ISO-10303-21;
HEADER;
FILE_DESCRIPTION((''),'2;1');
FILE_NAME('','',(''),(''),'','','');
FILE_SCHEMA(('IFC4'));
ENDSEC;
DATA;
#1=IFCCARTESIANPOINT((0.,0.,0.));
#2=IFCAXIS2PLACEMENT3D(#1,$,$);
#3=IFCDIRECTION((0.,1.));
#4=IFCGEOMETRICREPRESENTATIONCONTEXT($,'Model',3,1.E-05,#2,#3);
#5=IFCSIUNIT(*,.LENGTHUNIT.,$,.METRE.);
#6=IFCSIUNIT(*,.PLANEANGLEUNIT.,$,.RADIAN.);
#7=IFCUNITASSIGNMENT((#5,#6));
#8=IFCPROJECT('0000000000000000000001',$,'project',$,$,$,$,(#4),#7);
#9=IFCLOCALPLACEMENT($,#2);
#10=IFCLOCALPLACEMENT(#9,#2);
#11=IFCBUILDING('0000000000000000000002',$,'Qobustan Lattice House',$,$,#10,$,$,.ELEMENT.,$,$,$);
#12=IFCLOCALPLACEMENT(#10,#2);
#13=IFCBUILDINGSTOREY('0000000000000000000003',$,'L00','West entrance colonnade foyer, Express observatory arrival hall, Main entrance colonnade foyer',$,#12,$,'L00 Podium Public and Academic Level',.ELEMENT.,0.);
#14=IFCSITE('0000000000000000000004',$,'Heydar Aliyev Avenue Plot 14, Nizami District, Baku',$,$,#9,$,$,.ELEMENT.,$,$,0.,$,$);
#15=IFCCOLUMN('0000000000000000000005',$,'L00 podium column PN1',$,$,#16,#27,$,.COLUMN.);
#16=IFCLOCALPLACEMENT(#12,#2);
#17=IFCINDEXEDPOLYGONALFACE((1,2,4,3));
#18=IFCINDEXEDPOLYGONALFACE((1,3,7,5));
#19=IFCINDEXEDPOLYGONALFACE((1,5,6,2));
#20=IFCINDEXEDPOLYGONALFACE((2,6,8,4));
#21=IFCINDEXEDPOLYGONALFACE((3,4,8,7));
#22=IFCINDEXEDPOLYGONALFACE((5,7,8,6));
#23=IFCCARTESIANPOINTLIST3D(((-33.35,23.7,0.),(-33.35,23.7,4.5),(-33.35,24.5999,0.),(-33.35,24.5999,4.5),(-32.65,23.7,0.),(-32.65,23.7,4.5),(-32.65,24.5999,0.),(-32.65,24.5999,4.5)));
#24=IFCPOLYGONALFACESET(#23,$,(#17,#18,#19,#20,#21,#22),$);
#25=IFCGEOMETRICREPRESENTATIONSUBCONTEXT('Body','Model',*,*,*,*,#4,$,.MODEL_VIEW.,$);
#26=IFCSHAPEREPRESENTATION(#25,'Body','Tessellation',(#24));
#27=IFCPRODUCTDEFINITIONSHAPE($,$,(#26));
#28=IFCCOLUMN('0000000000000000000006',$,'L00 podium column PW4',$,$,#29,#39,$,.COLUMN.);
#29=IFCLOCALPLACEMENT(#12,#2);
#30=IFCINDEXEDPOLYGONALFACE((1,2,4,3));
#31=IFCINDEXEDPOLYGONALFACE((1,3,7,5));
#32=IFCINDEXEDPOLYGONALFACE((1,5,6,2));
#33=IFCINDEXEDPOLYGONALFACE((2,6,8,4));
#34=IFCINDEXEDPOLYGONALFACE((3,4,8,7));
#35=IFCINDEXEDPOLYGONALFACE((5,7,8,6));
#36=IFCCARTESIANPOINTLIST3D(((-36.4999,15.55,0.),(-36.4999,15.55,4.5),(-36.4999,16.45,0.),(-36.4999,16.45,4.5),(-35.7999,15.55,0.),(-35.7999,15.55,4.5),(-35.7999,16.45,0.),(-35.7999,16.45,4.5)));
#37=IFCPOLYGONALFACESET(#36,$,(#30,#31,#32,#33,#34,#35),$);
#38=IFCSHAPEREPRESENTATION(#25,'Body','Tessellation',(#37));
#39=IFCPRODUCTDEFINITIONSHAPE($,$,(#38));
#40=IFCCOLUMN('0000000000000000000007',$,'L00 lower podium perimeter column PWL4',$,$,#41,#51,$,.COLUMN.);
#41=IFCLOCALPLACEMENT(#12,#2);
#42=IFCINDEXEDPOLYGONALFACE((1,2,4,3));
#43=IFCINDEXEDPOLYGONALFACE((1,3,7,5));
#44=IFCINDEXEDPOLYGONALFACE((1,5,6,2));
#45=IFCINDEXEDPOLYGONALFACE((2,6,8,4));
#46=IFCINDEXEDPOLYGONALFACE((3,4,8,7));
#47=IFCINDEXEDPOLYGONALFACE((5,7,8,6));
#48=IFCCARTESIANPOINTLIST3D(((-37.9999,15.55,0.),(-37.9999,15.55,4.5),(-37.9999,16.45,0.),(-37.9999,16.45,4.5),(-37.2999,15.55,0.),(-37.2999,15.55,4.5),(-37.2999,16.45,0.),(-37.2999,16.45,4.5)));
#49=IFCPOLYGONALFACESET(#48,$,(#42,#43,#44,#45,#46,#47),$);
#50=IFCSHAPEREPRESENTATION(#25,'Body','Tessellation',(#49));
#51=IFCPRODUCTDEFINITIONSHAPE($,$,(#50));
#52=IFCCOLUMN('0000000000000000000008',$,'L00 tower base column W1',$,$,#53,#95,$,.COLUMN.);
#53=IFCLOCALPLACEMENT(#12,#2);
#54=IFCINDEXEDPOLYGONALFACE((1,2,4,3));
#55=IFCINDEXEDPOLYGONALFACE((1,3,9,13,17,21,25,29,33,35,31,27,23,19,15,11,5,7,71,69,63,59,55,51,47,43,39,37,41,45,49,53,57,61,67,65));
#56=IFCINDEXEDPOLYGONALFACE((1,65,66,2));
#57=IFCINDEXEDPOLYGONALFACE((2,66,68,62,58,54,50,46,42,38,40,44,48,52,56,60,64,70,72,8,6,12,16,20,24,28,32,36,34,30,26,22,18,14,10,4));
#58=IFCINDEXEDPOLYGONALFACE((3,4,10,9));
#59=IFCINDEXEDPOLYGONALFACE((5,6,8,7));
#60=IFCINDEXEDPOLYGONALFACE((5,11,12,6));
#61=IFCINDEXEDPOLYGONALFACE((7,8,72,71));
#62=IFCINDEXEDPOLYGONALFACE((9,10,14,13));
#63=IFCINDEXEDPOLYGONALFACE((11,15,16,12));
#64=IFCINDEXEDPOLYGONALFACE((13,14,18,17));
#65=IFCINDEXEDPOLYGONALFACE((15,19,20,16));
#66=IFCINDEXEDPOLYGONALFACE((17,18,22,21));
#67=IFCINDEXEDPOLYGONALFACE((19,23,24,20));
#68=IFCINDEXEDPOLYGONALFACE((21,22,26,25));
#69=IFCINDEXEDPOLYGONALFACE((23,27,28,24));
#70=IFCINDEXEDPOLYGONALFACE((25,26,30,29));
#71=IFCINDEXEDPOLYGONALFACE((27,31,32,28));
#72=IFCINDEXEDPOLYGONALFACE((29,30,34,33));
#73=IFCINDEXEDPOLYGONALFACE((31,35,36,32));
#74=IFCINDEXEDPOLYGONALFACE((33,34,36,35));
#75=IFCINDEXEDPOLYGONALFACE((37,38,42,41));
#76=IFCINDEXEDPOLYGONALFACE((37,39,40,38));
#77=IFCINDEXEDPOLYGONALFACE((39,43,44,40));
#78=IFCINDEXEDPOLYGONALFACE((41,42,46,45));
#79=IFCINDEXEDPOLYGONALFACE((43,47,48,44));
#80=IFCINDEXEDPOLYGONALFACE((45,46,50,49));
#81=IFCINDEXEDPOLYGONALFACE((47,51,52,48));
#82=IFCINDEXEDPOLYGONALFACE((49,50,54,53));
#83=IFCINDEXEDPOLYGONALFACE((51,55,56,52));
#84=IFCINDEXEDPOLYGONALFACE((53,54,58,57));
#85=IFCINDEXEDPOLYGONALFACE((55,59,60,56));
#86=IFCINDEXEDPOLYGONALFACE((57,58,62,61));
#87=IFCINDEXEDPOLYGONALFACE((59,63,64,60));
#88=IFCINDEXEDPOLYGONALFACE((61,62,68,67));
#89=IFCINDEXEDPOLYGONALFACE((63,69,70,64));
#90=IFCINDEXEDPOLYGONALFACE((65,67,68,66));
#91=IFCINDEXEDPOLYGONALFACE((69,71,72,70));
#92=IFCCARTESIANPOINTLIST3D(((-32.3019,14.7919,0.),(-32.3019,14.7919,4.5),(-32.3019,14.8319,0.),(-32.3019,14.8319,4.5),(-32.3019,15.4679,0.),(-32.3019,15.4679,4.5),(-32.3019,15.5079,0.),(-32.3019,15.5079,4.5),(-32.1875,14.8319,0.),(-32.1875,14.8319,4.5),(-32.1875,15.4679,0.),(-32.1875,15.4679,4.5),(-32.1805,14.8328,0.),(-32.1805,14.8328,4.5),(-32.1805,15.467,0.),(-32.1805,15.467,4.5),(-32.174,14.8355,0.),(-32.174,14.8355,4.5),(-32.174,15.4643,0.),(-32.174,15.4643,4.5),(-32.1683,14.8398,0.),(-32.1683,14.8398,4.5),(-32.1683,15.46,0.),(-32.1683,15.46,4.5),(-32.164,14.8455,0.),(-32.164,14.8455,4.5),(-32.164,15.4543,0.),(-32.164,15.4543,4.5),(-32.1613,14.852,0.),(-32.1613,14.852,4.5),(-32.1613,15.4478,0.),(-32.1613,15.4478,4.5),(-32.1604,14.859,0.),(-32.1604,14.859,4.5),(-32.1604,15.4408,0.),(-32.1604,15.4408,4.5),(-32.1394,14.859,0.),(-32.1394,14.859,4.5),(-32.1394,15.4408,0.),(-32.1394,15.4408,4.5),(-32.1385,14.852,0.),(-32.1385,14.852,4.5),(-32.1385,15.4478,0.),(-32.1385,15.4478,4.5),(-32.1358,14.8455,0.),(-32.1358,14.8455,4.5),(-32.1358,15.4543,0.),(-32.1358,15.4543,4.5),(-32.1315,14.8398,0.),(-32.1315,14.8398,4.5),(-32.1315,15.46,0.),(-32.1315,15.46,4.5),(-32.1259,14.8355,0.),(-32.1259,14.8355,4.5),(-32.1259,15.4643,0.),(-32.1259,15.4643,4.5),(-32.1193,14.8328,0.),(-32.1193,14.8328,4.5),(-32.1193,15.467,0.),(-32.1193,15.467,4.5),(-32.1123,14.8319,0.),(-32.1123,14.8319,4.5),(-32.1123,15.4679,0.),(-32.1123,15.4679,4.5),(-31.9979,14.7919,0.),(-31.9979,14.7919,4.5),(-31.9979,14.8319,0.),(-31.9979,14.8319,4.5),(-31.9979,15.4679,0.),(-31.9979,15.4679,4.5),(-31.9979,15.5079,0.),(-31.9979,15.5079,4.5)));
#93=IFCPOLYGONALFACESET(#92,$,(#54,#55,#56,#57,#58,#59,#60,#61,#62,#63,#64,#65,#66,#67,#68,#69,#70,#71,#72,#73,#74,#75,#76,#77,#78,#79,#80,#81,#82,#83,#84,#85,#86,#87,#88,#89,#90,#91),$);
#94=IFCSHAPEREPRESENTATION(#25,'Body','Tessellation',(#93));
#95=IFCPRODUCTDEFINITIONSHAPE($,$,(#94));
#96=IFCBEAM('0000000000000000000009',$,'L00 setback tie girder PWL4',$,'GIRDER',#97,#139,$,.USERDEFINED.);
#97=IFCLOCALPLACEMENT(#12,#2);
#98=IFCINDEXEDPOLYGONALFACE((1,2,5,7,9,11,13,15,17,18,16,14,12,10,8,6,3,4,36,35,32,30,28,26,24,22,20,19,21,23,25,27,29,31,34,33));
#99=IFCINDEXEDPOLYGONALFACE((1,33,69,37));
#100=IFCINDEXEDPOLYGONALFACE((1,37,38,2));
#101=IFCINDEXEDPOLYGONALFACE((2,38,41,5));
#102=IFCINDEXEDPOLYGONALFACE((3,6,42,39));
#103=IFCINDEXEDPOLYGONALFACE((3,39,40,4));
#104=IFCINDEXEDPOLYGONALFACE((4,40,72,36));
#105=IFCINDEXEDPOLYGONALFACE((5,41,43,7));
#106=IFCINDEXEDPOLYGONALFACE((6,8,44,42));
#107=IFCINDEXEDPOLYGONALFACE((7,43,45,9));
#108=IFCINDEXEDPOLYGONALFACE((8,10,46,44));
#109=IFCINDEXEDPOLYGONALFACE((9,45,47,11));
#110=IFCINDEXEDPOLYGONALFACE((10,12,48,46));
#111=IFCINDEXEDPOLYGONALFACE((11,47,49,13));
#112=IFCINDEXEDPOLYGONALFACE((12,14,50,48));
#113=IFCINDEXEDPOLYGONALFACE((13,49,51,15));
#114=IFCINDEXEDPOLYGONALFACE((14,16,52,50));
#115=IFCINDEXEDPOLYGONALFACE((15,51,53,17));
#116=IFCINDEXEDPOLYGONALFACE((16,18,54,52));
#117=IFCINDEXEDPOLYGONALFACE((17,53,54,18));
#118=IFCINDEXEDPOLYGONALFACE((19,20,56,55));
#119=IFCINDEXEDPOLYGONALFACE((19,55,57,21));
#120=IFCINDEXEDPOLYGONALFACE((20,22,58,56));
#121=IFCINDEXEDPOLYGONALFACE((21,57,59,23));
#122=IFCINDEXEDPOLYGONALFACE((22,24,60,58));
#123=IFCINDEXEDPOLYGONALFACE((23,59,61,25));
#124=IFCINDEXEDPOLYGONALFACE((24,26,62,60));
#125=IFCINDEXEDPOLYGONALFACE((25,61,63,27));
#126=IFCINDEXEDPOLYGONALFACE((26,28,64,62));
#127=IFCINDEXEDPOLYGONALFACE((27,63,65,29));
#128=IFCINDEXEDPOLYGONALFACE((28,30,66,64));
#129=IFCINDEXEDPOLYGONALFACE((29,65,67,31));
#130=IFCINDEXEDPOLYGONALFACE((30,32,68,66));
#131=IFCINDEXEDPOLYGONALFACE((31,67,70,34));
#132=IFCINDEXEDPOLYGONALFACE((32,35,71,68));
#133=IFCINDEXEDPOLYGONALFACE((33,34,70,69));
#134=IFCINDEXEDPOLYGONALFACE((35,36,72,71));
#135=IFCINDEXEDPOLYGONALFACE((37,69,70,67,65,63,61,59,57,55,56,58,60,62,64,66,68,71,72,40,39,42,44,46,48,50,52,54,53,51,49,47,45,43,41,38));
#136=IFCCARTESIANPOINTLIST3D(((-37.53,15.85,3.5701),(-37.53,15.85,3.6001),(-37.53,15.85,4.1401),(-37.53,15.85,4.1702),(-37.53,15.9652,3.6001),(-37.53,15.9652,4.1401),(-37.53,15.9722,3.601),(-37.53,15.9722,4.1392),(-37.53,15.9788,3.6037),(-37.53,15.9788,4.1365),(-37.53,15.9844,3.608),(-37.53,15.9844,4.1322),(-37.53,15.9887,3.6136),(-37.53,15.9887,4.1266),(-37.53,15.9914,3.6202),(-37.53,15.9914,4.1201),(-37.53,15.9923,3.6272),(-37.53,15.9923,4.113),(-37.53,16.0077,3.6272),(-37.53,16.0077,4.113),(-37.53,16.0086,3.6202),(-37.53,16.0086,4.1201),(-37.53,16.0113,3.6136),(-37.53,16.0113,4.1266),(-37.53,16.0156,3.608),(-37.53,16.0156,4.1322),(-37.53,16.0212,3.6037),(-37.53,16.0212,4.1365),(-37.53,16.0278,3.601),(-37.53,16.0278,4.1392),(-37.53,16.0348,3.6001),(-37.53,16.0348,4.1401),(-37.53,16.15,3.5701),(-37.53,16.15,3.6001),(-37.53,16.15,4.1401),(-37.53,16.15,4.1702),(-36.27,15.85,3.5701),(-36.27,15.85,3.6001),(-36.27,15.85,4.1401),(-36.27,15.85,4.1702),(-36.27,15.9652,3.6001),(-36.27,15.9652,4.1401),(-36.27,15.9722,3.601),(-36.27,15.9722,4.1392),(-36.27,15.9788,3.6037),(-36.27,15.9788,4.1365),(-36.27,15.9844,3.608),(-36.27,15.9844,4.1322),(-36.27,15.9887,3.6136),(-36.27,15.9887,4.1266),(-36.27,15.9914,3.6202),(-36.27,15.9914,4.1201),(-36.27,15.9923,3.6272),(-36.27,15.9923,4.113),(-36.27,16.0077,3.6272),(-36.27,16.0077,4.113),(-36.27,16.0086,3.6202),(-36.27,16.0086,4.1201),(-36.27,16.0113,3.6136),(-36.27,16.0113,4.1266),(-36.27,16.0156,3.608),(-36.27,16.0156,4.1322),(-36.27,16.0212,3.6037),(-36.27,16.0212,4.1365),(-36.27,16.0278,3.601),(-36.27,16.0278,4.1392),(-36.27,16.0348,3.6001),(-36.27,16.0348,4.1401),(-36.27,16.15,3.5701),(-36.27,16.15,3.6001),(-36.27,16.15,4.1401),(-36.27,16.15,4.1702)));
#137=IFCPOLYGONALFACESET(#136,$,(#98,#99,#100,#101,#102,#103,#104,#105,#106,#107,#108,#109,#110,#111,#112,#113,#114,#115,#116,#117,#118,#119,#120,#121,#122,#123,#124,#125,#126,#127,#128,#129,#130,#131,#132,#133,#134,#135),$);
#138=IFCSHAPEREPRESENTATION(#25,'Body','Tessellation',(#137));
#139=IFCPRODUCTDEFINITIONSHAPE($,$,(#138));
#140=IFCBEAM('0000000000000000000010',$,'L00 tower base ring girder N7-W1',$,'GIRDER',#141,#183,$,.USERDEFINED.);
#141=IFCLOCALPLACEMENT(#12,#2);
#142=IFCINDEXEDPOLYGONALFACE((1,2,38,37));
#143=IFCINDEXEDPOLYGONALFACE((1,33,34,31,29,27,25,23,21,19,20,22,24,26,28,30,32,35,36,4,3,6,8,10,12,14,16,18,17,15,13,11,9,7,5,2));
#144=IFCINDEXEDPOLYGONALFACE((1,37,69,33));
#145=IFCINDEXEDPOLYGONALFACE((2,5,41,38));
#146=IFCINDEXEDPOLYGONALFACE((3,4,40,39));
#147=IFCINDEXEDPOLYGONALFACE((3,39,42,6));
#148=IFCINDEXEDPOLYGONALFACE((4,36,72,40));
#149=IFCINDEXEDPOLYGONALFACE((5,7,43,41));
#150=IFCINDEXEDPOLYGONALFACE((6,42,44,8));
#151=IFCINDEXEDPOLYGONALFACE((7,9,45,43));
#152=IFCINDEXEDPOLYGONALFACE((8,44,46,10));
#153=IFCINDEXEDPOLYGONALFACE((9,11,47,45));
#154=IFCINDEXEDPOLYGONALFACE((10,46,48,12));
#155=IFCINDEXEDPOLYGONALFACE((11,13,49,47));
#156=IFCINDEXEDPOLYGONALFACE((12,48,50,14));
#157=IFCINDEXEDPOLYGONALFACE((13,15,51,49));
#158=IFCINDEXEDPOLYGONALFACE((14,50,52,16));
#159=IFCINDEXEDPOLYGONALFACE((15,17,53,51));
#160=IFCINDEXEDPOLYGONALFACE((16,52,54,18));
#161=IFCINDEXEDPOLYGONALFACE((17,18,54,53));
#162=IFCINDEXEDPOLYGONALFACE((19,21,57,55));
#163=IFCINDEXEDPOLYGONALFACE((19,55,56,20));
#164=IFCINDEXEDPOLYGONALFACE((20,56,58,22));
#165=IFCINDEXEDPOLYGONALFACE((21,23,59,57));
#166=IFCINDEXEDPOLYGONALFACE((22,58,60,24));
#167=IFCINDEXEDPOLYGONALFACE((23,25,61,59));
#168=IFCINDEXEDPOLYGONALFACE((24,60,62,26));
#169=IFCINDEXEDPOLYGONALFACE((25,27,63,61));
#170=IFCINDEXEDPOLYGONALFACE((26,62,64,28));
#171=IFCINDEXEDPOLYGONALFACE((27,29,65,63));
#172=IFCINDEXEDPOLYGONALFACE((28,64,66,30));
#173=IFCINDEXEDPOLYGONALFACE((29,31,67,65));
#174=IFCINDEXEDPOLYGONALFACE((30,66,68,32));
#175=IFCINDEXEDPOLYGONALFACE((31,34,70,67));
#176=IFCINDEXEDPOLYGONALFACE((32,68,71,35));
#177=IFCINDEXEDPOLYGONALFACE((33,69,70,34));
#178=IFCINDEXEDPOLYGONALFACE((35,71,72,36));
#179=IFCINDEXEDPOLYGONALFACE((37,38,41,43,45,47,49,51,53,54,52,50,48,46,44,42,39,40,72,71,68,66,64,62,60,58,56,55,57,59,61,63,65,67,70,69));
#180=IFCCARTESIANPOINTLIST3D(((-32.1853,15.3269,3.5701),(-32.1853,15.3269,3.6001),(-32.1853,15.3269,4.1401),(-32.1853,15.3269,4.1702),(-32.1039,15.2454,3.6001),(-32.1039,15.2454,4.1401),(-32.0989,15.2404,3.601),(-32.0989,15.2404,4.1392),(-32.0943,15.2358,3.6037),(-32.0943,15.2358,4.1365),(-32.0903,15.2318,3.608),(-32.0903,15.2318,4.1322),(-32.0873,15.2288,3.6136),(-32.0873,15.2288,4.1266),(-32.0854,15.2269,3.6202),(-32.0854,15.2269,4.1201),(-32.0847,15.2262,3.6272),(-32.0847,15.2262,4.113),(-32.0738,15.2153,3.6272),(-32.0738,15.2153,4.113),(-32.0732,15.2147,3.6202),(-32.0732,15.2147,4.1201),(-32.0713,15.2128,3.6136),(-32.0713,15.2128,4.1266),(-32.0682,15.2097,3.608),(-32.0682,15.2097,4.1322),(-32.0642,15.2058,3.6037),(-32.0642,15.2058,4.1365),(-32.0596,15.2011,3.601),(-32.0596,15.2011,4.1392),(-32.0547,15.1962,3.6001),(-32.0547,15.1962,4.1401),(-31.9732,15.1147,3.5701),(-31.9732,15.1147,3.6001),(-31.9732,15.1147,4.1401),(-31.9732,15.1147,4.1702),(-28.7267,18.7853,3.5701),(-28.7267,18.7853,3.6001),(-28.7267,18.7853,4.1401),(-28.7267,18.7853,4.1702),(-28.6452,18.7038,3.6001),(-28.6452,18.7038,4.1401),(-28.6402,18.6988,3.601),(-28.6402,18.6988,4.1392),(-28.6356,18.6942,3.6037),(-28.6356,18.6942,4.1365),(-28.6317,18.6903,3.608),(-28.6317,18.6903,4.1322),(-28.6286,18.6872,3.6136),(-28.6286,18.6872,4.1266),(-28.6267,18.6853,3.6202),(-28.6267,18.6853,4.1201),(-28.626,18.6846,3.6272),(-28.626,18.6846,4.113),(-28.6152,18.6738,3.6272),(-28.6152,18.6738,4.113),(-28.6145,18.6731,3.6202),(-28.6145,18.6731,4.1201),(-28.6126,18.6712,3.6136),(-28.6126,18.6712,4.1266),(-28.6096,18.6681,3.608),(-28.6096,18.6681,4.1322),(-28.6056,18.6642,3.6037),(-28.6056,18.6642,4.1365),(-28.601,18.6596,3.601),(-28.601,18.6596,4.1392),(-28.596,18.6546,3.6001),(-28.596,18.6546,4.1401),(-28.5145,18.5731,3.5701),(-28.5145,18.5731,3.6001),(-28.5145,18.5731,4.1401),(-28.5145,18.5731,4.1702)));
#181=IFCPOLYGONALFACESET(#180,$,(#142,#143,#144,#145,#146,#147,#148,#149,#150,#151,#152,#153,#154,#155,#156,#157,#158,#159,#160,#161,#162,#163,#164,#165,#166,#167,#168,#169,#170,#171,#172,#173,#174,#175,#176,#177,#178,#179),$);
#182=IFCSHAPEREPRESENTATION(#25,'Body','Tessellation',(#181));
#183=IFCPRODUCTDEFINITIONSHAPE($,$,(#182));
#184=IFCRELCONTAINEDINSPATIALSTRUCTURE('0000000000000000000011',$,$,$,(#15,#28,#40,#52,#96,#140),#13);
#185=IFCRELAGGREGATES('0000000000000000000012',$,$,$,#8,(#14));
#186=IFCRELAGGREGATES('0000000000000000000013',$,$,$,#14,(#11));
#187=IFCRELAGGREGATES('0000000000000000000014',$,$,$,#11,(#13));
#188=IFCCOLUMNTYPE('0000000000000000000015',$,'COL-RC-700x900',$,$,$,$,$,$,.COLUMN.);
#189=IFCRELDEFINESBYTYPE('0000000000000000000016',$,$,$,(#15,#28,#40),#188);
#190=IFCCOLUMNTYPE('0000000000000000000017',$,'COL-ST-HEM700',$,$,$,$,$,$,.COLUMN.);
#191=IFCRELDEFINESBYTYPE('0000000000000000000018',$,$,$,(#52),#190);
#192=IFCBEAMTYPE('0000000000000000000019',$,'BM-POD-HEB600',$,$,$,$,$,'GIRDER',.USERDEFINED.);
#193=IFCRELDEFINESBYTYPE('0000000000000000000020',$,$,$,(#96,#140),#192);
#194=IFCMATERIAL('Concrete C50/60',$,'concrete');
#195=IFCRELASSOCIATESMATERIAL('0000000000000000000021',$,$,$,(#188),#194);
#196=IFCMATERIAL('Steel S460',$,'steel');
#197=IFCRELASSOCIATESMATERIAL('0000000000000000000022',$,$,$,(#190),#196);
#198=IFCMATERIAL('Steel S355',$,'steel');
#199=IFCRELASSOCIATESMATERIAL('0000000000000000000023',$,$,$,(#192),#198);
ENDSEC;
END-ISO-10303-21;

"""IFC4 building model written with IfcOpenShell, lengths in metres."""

from ifc_helpers import new_model, si_unit, direction, frame, origin, origin_2d, place, context, subcontext, project, spatial, rectangle, i_section, extrude, material, material_profile, profile_set, type_object, element, save


model = new_model("IFC4")

# Units and contexts
model_context = context("Model", 3, precision=1e-05, world=origin(), true_north=direction((0.0, 1.0)))
body_context = subcontext(model_context, "Body", "Model", "MODEL_VIEW")
ifc_project = project(units=[si_unit("LENGTHUNIT", "METRE"), si_unit("PLANEANGLEUNIT", "RADIAN")], contexts=[model_context])

# Site, building, storey
site_placement = place(None, origin())
site = spatial("IfcSite", under=ifc_project, at=site_placement, Name="Heydar Aliyev Avenue Plot 14, Nizami District, Baku", CompositionType="ELEMENT", RefElevation=0.0)
building_placement = place(site_placement, origin())
building = spatial("IfcBuilding", under=site, at=building_placement, Name="Qobustan Lattice House", CompositionType="ELEMENT")
storey_placement = place(building_placement, origin())
storey = spatial("IfcBuildingStorey", under=building, at=storey_placement, Name="L00", Description="West entrance colonnade foyer, Express observatory arrival hall, Main entrance colonnade foyer", LongName="L00 Podium Public and Academic Level", CompositionType="ELEMENT", Elevation=0.0)

# Columns
ifc_material_1 = material(Name="Concrete C50/60", Category="concrete")
ifc_material_profile_1 = material_profile(ifc_material_1, rectangle(XDim=0.7, YDim=0.8999, at=origin_2d()), Name="RC700x900")
ifc_profile_set_1 = profile_set([ifc_material_profile_1], Name="Concrete C50/60")
column_type_1 = type_object("IfcColumnType", Name="COL-RC-700x900", PredefinedType="COLUMN", material=ifc_profile_set_1)
for number, where, z_axis, x_axis, name in (
    (1, (-33.0, 24.1499, 0.0), (0.0, 0.0, 1.0), (1.0, 0.0, 0.0), "L00 podium column PN1"),
    (2, (-36.1499, 16.0, 0.0), (0.0, 0.0, 1.0), (1.0, 0.0, 0.0), "L00 podium column PW4"),
    (3, (-37.6499, 16.0, 0.0), (0.0, 0.0, 1.0), (1.0, 0.0, 0.0), "L00 lower podium perimeter column PWL4"),
):
    element("IfcColumn", number, at=place(storey_placement, frame(where, z_axis=z_axis, x_axis=x_axis)), inside=storey, type_object=column_type_1, Name=name, PredefinedType="COLUMN", context=body_context, shape_type="SweptSolid", body=[
        extrude(rectangle(XDim=0.7, YDim=0.8999, at=origin_2d()), origin(), (0.0, 0.0, 1.0), 4.5),
    ])
ifc_material_2 = material(Name="Steel S460", Category="steel")
ifc_material_profile_2 = material_profile(ifc_material_2, i_section(OverallWidth=0.304, OverallDepth=0.7161, WebThickness=0.021, FlangeThickness=0.04, FilletRadius=0.0271, at=origin_2d()), Name="HEM700")
ifc_profile_set_2 = profile_set([ifc_material_profile_2], Name="Steel S460")
column_type_2 = type_object("IfcColumnType", Name="COL-ST-HEM700", PredefinedType="COLUMN", material=ifc_profile_set_2)
column_placement = place(storey_placement, frame((-32.1499, 15.1499, 0.0), z_axis=(0.0, 0.0, 1.0), x_axis=(1.0, 0.0, 0.0)))
element("IfcColumn", 4, at=column_placement, inside=storey, type_object=column_type_2, Name="L00 tower base column W1", PredefinedType="COLUMN", context=body_context, shape_type="SweptSolid", body=[
    extrude(i_section(OverallWidth=0.304, OverallDepth=0.7161, WebThickness=0.021, FlangeThickness=0.04, FilletRadius=0.0271, at=origin_2d()), origin(), (0.0, 0.0, 1.0), 4.5),
])

# Beams
ifc_material_3 = material(Name="Steel S355", Category="steel")
ifc_material_profile_3 = material_profile(ifc_material_3, i_section(OverallWidth=0.3, OverallDepth=0.6001, WebThickness=0.0154, FlangeThickness=0.03, FilletRadius=0.0271, at=origin_2d()), Name="HEB600")
ifc_profile_set_3 = profile_set([ifc_material_profile_3], Name="Steel S355")
beam_type_1 = type_object("IfcBeamType", Name="BM-POD-HEB600", ElementType="GIRDER", PredefinedType="USERDEFINED", material=ifc_profile_set_3)
beam_1_placement = place(storey_placement, frame((-37.53, 16.0, 3.8701), z_axis=(1.0, 0.0, 0.0), x_axis=(0.0, 1.0, 0.0)))
element("IfcBeam", 5, at=beam_1_placement, inside=storey, type_object=beam_type_1, Name="L00 setback tie girder PWL4", ObjectType="GIRDER", PredefinedType="USERDEFINED", context=body_context, shape_type="SweptSolid", body=[
    extrude(i_section(OverallWidth=0.3, OverallDepth=0.6001, WebThickness=0.0154, FlangeThickness=0.03, FilletRadius=0.0271, at=origin_2d()), origin(), (0.0, 0.0, 1.0), 1.26),
])
beam_2_placement = place(storey_placement, frame((-28.6206, 18.6792, 3.8701), z_axis=(-0.707132, -0.707082, 0.0), x_axis=(0.707082, -0.707132, 0.0)))
element("IfcBeam", 6, at=beam_2_placement, inside=storey, type_object=beam_type_1, Name="L00 tower base ring girder N7-W1", ObjectType="GIRDER", PredefinedType="USERDEFINED", context=body_context, shape_type="SweptSolid", body=[
    extrude(i_section(OverallWidth=0.3, OverallDepth=0.6001, WebThickness=0.0154, FlangeThickness=0.03, FilletRadius=0.0271, at=origin_2d()), origin(), (0.0, 0.0, 1.0), 4.8911),
])

save(model, "model.ifc")
